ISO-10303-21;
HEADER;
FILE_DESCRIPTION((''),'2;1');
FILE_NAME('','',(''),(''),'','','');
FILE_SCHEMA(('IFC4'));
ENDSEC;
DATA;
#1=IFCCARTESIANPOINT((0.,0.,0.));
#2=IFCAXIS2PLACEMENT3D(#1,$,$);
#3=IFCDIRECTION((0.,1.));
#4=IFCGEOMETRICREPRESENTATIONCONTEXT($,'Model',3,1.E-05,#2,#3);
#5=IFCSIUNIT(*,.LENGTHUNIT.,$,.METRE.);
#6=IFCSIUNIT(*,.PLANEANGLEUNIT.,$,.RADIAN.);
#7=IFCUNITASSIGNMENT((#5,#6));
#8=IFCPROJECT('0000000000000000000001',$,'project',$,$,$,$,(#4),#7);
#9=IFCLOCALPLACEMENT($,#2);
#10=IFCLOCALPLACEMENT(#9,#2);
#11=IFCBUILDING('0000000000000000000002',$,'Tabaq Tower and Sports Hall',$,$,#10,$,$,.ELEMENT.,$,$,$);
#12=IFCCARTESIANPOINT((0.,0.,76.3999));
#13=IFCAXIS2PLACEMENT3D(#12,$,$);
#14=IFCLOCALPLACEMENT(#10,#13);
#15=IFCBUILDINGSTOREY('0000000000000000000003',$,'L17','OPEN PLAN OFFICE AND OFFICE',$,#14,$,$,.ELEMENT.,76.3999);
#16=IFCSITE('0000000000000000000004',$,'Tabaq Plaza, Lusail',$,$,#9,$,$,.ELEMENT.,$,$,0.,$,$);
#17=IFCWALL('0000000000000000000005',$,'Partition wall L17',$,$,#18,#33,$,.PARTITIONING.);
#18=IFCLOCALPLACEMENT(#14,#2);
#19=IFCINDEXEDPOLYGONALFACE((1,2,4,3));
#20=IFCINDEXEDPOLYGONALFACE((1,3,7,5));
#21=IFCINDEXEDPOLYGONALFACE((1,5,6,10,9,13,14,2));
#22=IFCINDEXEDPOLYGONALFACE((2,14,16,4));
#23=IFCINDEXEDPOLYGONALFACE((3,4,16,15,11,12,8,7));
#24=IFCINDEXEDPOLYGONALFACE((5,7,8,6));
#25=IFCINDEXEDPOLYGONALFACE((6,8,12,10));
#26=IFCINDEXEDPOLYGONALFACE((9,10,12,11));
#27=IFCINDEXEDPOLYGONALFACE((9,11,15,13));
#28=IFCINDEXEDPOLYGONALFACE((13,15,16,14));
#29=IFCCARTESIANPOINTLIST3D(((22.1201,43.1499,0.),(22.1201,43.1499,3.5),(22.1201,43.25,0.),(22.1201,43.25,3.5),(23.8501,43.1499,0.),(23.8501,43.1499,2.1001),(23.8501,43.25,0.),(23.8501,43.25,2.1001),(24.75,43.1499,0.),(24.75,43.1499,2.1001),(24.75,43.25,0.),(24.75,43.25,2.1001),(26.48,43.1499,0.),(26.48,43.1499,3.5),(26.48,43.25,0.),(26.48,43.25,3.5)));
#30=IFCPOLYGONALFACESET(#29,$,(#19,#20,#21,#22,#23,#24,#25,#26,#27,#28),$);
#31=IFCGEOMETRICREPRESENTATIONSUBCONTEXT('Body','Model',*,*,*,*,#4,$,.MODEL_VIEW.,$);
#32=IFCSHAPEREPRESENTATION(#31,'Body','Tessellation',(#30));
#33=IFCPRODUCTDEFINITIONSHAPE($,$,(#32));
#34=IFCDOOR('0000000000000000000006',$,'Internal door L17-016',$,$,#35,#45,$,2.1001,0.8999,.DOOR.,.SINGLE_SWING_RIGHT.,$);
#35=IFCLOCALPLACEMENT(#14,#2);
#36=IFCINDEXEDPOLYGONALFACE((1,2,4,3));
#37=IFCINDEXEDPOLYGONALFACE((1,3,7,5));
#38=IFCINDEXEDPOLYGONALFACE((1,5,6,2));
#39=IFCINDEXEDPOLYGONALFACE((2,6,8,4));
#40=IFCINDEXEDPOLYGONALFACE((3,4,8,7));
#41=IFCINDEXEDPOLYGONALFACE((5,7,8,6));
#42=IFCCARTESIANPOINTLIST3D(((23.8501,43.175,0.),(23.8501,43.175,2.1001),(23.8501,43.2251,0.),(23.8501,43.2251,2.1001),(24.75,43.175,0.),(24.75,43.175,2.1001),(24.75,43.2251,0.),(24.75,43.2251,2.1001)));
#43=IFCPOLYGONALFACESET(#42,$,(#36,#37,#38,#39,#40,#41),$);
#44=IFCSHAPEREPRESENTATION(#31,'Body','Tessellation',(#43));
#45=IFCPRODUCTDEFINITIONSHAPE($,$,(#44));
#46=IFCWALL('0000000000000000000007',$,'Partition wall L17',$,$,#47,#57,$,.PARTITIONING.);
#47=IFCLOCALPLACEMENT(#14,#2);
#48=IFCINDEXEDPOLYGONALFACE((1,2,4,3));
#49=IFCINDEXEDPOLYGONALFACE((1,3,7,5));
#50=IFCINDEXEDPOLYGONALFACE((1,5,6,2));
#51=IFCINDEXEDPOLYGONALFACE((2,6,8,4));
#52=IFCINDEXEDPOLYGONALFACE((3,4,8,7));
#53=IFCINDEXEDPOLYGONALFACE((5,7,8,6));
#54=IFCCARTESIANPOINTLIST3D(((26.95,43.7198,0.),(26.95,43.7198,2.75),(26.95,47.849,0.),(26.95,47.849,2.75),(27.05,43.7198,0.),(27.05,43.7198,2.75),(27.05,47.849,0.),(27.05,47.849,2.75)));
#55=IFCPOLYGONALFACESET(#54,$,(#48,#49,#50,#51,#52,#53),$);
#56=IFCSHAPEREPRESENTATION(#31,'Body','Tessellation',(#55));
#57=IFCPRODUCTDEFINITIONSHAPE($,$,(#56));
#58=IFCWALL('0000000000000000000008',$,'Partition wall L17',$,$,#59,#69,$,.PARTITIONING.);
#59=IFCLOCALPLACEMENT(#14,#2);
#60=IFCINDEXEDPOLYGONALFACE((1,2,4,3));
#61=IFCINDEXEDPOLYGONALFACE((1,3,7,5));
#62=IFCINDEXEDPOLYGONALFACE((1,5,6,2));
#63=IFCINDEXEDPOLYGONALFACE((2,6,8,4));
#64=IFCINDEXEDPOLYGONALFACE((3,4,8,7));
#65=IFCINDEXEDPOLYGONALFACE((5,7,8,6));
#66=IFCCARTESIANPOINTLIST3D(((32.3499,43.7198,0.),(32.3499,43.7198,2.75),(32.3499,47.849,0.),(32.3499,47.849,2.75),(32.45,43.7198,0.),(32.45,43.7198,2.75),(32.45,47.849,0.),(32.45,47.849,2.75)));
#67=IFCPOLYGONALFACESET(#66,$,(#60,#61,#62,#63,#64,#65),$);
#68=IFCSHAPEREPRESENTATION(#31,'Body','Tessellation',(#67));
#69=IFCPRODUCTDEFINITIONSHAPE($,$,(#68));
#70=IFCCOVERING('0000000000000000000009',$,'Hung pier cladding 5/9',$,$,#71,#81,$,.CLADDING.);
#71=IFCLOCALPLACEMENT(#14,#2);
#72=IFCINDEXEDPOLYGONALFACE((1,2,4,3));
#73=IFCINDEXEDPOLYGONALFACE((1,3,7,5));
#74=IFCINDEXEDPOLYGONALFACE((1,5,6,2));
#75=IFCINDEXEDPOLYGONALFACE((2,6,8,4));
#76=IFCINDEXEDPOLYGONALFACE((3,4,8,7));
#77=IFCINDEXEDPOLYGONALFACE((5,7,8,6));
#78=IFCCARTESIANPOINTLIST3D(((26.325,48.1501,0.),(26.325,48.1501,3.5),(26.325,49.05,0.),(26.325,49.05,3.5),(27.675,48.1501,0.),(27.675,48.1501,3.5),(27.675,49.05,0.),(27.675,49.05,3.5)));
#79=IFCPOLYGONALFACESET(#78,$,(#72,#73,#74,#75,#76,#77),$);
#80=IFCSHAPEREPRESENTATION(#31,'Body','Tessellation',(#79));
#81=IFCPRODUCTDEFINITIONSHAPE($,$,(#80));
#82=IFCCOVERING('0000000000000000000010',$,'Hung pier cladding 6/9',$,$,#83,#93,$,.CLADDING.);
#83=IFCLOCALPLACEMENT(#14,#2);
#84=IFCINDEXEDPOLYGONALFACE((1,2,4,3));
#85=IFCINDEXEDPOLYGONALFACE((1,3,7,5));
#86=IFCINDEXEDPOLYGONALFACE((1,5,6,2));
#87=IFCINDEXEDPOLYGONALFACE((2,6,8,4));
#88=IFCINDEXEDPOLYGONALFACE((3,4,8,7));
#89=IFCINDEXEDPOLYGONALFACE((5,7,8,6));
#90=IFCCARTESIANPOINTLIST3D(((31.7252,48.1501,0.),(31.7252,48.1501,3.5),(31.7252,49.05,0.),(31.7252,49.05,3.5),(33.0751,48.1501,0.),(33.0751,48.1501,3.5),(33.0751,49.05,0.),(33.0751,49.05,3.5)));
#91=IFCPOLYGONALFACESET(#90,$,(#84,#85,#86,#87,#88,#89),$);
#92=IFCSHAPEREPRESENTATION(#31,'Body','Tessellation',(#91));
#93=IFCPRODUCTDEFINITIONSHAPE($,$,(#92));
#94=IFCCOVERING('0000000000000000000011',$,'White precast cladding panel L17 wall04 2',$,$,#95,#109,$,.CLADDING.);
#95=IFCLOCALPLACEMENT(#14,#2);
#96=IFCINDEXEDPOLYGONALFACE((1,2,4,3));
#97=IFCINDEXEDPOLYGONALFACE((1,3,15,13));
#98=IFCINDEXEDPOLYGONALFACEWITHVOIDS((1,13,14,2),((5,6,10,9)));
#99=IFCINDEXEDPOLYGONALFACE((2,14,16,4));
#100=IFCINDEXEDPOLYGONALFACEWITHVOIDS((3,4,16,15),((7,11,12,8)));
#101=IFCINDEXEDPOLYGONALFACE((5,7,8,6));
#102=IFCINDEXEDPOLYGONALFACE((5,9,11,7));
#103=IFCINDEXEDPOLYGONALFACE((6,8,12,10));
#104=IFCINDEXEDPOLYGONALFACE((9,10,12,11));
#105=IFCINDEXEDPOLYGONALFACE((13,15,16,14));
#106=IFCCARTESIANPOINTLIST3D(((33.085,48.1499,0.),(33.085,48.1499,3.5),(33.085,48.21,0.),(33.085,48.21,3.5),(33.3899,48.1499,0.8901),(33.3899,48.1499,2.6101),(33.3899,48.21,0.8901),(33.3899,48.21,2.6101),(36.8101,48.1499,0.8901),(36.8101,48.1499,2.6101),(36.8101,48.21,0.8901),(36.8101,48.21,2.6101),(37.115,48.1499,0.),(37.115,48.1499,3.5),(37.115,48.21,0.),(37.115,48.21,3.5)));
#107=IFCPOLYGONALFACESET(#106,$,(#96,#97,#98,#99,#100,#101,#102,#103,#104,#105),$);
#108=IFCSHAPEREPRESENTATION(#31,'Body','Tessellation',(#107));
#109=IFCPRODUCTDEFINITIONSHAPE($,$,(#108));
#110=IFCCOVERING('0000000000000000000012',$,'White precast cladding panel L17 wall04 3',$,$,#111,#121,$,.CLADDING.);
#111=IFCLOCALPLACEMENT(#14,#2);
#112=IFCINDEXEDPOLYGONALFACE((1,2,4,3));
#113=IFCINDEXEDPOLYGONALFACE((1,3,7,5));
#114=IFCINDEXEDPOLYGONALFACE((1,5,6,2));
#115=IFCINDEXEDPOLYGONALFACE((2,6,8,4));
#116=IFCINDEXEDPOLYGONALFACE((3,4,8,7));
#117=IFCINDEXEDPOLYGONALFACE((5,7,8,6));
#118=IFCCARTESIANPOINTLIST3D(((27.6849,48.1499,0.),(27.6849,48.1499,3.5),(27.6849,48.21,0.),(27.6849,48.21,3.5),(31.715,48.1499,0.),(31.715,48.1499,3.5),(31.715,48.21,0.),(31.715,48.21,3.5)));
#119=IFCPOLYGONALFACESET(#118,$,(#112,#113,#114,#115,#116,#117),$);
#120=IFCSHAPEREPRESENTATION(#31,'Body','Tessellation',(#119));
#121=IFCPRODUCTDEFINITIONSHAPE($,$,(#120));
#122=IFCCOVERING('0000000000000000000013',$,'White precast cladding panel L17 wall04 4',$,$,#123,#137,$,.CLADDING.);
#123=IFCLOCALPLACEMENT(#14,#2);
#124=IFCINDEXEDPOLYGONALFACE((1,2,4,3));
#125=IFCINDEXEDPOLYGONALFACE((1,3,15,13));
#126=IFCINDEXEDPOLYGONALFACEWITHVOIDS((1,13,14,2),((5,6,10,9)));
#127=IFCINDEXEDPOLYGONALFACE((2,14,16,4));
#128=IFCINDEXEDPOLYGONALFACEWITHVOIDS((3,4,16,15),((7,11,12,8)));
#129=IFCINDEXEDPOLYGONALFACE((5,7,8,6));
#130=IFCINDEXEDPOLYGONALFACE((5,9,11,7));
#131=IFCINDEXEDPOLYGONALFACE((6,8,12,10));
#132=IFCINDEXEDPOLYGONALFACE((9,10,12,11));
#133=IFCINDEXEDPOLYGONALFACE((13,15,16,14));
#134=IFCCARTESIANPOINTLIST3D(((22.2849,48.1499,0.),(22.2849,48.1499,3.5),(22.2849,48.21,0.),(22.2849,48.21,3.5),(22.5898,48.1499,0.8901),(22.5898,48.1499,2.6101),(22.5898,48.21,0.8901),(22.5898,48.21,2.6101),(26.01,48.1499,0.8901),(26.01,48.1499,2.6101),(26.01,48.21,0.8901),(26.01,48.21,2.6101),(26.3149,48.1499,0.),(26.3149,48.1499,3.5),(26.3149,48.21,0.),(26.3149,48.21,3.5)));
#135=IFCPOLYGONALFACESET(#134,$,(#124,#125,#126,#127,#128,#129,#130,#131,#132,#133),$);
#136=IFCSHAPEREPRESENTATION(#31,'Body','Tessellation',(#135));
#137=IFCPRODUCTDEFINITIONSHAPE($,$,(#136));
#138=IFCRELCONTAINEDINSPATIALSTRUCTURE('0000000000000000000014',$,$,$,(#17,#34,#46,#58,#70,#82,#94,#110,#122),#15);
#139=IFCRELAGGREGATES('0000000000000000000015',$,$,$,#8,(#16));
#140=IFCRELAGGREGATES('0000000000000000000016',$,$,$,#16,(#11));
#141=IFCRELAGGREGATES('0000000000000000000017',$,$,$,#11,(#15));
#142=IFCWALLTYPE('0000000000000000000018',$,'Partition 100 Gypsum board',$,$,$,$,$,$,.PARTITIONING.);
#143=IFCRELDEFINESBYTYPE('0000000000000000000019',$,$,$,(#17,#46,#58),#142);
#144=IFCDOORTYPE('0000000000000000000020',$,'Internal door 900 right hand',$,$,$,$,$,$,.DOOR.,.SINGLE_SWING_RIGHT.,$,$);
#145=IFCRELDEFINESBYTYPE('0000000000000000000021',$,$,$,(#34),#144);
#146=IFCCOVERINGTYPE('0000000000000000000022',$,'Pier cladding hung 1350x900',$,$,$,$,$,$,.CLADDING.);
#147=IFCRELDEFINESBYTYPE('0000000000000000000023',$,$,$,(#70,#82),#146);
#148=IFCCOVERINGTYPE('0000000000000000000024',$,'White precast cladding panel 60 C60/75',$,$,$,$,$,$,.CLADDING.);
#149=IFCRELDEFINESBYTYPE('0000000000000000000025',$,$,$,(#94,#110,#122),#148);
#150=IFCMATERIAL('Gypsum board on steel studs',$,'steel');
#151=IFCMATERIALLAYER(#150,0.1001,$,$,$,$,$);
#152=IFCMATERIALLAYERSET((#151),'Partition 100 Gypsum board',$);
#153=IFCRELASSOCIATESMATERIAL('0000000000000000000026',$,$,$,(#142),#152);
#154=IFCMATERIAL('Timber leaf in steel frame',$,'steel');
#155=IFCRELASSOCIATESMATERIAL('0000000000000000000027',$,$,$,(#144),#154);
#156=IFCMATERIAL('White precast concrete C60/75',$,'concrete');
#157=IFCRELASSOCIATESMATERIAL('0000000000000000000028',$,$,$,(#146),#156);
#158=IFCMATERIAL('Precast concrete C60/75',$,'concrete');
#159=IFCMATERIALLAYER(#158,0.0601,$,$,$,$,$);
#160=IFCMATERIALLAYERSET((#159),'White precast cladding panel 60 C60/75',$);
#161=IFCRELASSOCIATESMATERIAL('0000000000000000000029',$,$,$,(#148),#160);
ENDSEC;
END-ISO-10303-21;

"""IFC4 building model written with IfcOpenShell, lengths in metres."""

from ifc_helpers import new_model, si_unit, direction, frame, frame_2d, origin, place, context, subcontext, project, spatial, polyline, rectangle, outline, extrude, material, layer, layer_set, type_object, element, fill, save


model = new_model("IFC4")

# Units and contexts
model_context = context("Model", 3, precision=1e-05, world=origin(), true_north=direction((0.0, 1.0)))
body_context = subcontext(model_context, "Body", "Model", "MODEL_VIEW")
ifc_project = project(units=[si_unit("LENGTHUNIT", "METRE"), si_unit("PLANEANGLEUNIT", "RADIAN")], contexts=[model_context])

# Site, building, storey
site_placement = place(None, origin())
site = spatial("IfcSite", under=ifc_project, at=site_placement, Name="Tabaq Plaza, Lusail", CompositionType="ELEMENT", RefElevation=0.0)
building_placement = place(site_placement, origin())
building = spatial("IfcBuilding", under=site, at=building_placement, Name="Tabaq Tower and Sports Hall", CompositionType="ELEMENT")
storey_placement = place(building_placement, frame((0.0, 0.0, 76.3999)))
storey = spatial("IfcBuildingStorey", under=building, at=storey_placement, Name="L17", Description="OPEN PLAN OFFICE AND OFFICE", CompositionType="ELEMENT", Elevation=76.3999)

# Shared definitions
ifc_material_1 = material(Name="Gypsum board on steel studs", Category="steel")
ifc_layer_1 = layer(ifc_material_1, 0.1001)
ifc_layer_set_1 = layer_set([ifc_layer_1], Name="Partition 100 Gypsum board")
wall_type = type_object("IfcWallType", Name="Partition 100 Gypsum board", PredefinedType="PARTITIONING", material=ifc_layer_set_1)

# Wall, opening, door
ifc_material_2 = material(Name="Timber leaf in steel frame", Category="steel")
door_type = type_object("IfcDoorType", Name="Internal door 900 right hand", OperationType="SINGLE_SWING_RIGHT", PredefinedType="DOOR", material=ifc_material_2)
wall_1_placement = place(storey_placement, frame((26.48, 43.2, 0.0), z_axis=(0.0, 0.0, 1.0), x_axis=(-1.0, 0.0, 0.0)))
wall_1 = element("IfcWall", 1, at=wall_1_placement, inside=storey, type_object=wall_type, Name="Partition wall L17", PredefinedType="PARTITIONING", context=body_context, shape_type="SweptSolid", body=[
    extrude(rectangle(XDim=4.3599, YDim=0.1001, at=frame_2d((2.1799, 0.0))), origin(), (0.0, 0.0, 1.0), 3.5),
])
opening_1_placement = place(wall_1_placement, frame((1.73, 0.0, 0.0)))
opening_1 = element("IfcOpeningElement", 2, at=opening_1_placement, cuts=wall_1, PredefinedType="OPENING", context=body_context, shape_type="SweptSolid", body=[
    extrude(rectangle(XDim=0.8999, YDim=2.1001, at=frame_2d((0.45, 1.05))), frame((0.0, 0.05, 0.0), z_axis=(0.0, -1.0, 0.0), x_axis=(1.0, 0.0, 0.0)), (0.0, 0.0, 1.0), 0.1001),
])
door_1_placement = place(opening_1_placement, origin())
door_1 = element("IfcDoor", 3, at=door_1_placement, inside=storey, type_object=door_type, Name="Internal door L17-016", OperationType="SINGLE_SWING_RIGHT", OverallHeight=2.1001, OverallWidth=0.8999, PredefinedType="DOOR", context=body_context, shape_type="SweptSolid", body=[
    extrude(rectangle(XDim=0.8999, YDim=2.1001, at=frame_2d((0.45, 1.05))), frame((0.0, 0.0249, 0.0), z_axis=(0.0, -1.0, 0.0), x_axis=(1.0, 0.0, 0.0)), (0.0, 0.0, 1.0), 0.05),
])
fill(opening_1, door_1)

# Walls
for number, where, z_axis, x_axis, name in (
    (4, (27.0, 43.72, 0.0), (0.0, 0.0, 1.0), (0.0, 1.0, 0.0), "Partition wall L17"),
    (5, (32.3999, 43.72, 0.0), (0.0, 0.0, 1.0), (0.0, 1.0, 0.0), "Partition wall L17"),
):
    element("IfcWall", number, at=place(storey_placement, frame(where, z_axis=z_axis, x_axis=x_axis)), inside=storey, type_object=wall_type, Name=name, PredefinedType="PARTITIONING", context=body_context, shape_type="SweptSolid", body=[
        extrude(rectangle(XDim=4.1292, YDim=0.1001, at=frame_2d((2.0645, 0.0))), origin(), (0.0, 0.0, 1.0), 2.75),
    ])

# Coverings
ifc_material_3 = material(Name="White precast concrete C60/75", Category="concrete")
covering_type_1 = type_object("IfcCoveringType", Name="Pier cladding hung 1350x900", PredefinedType="CLADDING", material=ifc_material_3)
covering_1_placement = place(storey_placement, frame((27.675, 48.6001, 0.0), z_axis=(0.0, 0.0, 1.0), x_axis=(-1.0, 0.0, 0.0)))
element("IfcCovering", 6, at=covering_1_placement, inside=storey, type_object=covering_type_1, Name="Hung pier cladding 5/9", PredefinedType="CLADDING", context=body_context, shape_type="SweptSolid", body=[
    extrude(rectangle(XDim=1.3501, YDim=0.8999, at=frame_2d((0.675, 0.0))), origin(), (0.0, 0.0, 1.0), 3.5),
])
covering_2_placement = place(storey_placement, frame((33.075, 48.6001, 0.0), z_axis=(0.0, 0.0, 1.0), x_axis=(-1.0, 0.0, 0.0)))
element("IfcCovering", 7, at=covering_2_placement, inside=storey, type_object=covering_type_1, Name="Hung pier cladding 6/9", PredefinedType="CLADDING", context=body_context, shape_type="SweptSolid", body=[
    extrude(rectangle(XDim=1.3499, YDim=0.8999, at=frame_2d((0.6748, 0.0))), origin(), (0.0, 0.0, 1.0), 3.5),
])
ifc_material_4 = material(Name="Precast concrete C60/75", Category="concrete")
ifc_layer_2 = layer(ifc_material_4, 0.0601)
ifc_layer_set_2 = layer_set([ifc_layer_2], Name="White precast cladding panel 60 C60/75")
covering_type_2 = type_object("IfcCoveringType", Name="White precast cladding panel 60 C60/75", PredefinedType="CLADDING", material=ifc_layer_set_2)
covering_3_placement = place(storey_placement, frame((37.115, 48.1799, 0.0), z_axis=(0.0, 0.0, 1.0), x_axis=(-1.0, 0.0, 0.0)))
element("IfcCovering", 8, at=covering_3_placement, inside=storey, type_object=covering_type_2, Name="White precast cladding panel L17 wall04 2", PredefinedType="CLADDING", context=body_context, shape_type="SweptSolid", body=[
    extrude(outline(polyline([(0.0, 0.0), (4.03, 0.0), (4.03, 3.5), (0.0, 3.5), (0.0, 0.0)]), holes=[polyline([(0.3049, 0.8901), (0.3049, 2.6101), (3.7251, 2.6101), (3.7251, 0.8901), (0.3049, 0.8901)])]), frame((0.0, 0.03, 0.0), z_axis=(0.0, -1.0, 0.0), x_axis=(1.0, 0.0, 0.0)), (0.0, 0.0, 1.0), 0.0601),
])
covering_4_placement = place(storey_placement, frame((31.7151, 48.1799, 0.0), z_axis=(0.0, 0.0, 1.0), x_axis=(-1.0, 0.0, 0.0)))
element("IfcCovering", 9, at=covering_4_placement, inside=storey, type_object=covering_type_2, Name="White precast cladding panel L17 wall04 3", PredefinedType="CLADDING", context=body_context, shape_type="SweptSolid", body=[
    extrude(rectangle(XDim=4.03, YDim=0.0601, at=frame_2d((2.0151, 0.0))), origin(), (0.0, 0.0, 1.0), 3.5),
])
covering_5_placement = place(storey_placement, frame((26.3149, 48.1799, 0.0), z_axis=(0.0, 0.0, 1.0), x_axis=(-1.0, 0.0, 0.0)))
element("IfcCovering", 10, at=covering_5_placement, inside=storey, type_object=covering_type_2, Name="White precast cladding panel L17 wall04 4", PredefinedType="CLADDING", context=body_context, shape_type="SweptSolid", body=[
    extrude(outline(polyline([(0.0, 0.0), (4.03, 0.0), (4.03, 3.5), (0.0, 3.5), (0.0, 0.0)]), holes=[polyline([(0.3049, 0.8901), (0.3049, 2.6101), (3.7251, 2.6101), (3.7251, 0.8901), (0.3049, 0.8901)])]), frame((0.0, 0.03, 0.0), z_axis=(0.0, -1.0, 0.0), x_axis=(1.0, 0.0, 0.0)), (0.0, 0.0, 1.0), 0.0601),
])

save(model, "model.ifc")
